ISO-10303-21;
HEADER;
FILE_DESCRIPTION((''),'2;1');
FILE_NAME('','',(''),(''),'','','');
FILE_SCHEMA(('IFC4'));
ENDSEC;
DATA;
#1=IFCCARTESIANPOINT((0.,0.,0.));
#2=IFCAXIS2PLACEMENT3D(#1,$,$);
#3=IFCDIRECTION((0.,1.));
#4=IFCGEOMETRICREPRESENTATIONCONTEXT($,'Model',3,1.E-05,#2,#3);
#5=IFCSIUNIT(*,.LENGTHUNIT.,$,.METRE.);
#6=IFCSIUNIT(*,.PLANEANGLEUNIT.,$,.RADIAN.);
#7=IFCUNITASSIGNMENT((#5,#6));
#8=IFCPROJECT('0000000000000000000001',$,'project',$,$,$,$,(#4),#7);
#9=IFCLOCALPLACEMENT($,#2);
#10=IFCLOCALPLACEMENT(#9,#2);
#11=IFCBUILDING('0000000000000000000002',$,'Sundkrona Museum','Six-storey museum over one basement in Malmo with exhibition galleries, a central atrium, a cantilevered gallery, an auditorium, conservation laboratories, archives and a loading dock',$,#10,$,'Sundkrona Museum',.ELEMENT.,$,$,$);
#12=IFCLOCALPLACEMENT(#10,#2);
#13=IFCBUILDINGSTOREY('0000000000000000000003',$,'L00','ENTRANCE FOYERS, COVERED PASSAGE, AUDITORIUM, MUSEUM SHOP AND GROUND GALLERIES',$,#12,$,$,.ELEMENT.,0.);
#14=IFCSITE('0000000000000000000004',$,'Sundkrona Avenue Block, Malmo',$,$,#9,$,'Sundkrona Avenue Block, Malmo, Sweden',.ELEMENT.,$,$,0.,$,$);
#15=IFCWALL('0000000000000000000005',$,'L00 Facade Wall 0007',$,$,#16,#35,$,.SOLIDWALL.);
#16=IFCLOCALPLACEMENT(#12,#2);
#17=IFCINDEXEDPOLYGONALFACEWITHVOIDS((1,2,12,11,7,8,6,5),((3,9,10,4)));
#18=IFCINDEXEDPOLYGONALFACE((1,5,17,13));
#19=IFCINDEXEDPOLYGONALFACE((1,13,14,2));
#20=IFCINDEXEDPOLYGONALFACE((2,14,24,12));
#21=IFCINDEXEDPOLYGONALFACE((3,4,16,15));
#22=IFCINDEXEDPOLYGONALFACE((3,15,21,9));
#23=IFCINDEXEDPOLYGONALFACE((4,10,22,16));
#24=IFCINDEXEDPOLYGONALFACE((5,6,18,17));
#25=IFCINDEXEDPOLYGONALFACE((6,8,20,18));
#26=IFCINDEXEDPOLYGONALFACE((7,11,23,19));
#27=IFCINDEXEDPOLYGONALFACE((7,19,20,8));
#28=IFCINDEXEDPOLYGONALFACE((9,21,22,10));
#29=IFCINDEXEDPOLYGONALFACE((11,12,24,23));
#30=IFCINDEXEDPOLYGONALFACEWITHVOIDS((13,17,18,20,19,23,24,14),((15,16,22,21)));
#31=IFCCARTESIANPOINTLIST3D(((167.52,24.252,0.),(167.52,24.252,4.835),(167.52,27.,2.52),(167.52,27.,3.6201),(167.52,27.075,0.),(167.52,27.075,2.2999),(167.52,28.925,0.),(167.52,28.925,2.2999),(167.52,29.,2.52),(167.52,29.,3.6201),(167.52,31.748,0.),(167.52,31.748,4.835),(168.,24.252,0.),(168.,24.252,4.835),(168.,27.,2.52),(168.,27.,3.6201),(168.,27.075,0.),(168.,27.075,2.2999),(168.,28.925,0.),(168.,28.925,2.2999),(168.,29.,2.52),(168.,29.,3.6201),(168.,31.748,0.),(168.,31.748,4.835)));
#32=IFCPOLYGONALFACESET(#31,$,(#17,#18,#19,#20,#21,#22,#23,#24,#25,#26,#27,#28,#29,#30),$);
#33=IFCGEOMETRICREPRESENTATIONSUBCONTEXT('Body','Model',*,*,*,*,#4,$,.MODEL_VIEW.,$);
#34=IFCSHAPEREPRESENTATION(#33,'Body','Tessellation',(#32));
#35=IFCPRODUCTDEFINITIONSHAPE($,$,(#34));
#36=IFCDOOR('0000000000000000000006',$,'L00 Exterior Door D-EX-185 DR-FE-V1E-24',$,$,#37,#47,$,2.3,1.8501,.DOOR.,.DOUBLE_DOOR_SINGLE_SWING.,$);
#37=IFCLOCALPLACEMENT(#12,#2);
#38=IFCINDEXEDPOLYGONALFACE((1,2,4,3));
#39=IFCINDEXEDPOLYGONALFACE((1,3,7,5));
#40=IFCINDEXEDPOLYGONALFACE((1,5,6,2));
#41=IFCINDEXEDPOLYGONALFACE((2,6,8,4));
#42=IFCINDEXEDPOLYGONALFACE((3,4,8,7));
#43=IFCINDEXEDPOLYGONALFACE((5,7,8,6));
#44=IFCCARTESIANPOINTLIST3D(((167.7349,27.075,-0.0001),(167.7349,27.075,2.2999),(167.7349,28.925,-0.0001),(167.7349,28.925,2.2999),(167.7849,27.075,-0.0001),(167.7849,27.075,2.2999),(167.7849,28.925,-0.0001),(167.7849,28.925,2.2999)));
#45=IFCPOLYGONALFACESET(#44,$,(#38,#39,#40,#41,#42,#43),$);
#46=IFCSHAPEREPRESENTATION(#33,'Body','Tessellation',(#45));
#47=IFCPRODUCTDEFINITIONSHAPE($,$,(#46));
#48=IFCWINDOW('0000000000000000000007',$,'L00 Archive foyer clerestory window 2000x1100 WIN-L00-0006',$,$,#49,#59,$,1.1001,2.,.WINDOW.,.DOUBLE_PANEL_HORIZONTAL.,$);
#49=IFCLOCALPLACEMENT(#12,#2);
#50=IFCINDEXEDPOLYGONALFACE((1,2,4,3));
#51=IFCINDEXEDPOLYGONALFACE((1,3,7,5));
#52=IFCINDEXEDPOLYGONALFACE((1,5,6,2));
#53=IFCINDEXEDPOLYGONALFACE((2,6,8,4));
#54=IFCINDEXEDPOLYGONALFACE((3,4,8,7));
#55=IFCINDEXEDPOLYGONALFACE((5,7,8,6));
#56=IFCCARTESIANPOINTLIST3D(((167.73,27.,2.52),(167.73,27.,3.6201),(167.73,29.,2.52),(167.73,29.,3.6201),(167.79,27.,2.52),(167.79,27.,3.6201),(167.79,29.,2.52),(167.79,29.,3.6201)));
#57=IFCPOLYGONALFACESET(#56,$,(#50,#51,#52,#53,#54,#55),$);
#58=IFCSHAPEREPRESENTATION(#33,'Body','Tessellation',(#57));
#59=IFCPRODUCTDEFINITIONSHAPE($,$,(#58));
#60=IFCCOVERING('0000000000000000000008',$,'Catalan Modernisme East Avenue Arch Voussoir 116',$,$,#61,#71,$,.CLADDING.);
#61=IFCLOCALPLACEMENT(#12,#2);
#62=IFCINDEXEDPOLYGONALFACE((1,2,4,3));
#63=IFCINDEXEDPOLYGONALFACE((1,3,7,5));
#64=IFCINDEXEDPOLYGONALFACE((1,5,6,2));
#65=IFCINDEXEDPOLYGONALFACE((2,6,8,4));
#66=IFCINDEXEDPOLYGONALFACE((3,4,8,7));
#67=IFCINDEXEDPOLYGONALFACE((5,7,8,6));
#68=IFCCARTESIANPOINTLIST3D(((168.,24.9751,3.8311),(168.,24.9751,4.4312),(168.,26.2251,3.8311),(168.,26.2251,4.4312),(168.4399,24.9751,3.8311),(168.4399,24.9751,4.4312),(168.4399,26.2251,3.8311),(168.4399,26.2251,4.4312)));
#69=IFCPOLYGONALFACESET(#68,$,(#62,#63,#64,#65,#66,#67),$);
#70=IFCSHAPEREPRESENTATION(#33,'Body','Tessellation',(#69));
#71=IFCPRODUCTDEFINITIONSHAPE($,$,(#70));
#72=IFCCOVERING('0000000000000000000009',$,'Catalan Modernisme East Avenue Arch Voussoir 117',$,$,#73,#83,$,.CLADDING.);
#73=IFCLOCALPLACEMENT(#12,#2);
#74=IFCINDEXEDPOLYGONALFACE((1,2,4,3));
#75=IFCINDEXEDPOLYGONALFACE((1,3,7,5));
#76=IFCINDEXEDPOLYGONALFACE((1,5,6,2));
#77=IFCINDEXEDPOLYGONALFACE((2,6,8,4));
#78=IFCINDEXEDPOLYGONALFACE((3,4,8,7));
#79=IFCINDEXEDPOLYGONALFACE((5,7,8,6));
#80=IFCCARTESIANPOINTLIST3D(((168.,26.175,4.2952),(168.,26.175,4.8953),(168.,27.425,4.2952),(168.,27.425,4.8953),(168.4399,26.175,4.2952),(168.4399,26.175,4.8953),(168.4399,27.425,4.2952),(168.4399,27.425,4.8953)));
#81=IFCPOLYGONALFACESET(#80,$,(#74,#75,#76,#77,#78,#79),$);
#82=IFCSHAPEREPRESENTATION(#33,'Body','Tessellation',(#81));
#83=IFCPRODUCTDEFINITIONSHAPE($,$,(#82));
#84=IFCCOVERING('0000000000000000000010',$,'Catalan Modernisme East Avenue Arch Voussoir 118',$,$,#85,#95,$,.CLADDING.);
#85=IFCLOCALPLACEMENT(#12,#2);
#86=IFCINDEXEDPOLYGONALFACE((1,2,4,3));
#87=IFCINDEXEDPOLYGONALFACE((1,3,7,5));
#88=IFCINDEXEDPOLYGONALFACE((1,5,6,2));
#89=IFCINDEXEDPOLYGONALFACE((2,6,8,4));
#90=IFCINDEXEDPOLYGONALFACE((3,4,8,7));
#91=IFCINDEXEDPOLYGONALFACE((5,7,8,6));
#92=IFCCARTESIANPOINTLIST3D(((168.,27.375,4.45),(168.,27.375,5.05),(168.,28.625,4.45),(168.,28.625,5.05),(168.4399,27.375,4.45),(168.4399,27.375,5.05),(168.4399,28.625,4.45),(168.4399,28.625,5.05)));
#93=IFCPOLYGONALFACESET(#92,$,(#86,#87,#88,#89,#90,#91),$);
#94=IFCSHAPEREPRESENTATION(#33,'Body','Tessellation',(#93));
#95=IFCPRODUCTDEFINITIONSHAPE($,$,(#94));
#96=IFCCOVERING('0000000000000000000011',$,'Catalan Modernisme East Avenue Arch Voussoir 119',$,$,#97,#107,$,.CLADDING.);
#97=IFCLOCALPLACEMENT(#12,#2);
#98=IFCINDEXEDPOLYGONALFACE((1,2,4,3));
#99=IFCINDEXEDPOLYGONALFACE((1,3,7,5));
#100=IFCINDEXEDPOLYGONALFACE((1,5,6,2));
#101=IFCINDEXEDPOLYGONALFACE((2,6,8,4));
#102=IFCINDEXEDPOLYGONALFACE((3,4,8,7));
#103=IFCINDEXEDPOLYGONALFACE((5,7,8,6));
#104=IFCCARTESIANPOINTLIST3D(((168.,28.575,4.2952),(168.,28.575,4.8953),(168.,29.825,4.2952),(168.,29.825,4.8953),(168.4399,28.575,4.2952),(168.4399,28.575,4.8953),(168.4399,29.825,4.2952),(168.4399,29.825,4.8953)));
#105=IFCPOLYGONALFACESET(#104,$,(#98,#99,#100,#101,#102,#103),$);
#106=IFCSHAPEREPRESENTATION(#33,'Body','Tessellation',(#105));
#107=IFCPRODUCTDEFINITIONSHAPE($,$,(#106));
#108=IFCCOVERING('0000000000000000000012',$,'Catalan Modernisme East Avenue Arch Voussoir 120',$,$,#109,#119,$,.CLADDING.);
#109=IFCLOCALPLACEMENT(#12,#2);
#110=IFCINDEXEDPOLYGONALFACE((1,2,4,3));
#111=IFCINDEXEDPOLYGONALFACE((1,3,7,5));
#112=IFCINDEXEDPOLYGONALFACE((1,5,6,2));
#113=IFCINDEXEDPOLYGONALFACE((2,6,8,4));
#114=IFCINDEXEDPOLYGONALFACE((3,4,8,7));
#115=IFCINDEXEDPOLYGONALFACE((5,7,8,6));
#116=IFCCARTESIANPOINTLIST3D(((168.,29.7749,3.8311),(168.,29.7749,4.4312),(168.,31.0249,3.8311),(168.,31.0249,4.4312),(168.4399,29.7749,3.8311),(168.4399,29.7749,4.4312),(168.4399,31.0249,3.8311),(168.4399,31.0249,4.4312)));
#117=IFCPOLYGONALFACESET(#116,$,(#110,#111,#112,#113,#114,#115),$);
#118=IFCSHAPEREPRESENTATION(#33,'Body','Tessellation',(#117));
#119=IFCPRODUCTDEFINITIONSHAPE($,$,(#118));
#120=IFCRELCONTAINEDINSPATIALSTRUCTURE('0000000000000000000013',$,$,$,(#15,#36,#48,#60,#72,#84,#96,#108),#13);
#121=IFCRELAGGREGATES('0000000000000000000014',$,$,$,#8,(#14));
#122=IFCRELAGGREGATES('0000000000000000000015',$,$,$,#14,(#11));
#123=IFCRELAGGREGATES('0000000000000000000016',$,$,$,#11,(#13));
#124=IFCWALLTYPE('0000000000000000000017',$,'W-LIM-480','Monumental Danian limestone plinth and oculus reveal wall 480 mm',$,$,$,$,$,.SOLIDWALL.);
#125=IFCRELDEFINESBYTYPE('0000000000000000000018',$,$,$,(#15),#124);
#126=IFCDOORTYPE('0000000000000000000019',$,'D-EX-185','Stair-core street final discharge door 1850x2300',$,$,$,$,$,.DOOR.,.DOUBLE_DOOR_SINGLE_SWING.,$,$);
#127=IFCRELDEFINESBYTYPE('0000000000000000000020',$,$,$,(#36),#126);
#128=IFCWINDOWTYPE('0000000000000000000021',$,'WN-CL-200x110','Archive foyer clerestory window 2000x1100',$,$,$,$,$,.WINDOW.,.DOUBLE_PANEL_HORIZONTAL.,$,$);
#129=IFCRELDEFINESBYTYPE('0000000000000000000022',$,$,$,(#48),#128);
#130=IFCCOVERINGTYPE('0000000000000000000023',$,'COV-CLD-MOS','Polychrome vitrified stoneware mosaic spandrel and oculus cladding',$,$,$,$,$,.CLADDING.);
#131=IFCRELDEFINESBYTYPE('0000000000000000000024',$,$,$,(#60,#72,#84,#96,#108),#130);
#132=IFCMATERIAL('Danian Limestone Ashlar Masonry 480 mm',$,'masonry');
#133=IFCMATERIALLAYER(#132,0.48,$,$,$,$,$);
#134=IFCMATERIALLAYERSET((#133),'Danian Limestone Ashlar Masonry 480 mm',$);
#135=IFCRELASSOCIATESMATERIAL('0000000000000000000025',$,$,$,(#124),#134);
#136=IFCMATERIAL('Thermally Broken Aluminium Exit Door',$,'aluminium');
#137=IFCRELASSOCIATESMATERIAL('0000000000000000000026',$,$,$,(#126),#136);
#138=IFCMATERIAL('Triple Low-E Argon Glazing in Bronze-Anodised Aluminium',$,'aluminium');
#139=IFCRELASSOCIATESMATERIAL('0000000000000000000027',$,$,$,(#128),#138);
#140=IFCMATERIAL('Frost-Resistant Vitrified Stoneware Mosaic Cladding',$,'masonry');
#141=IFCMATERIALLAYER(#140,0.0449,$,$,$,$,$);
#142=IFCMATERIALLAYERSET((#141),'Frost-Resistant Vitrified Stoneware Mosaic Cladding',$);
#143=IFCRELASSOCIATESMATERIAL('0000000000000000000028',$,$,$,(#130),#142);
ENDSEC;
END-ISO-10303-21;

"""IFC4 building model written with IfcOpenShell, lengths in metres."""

from ifc_helpers import new_model, si_unit, direction, frame, frame_2d, origin, origin_2d, place, context, subcontext, project, spatial, rectangle, extrude, material, layer, layer_set, type_object, element, fill, save


model = new_model("IFC4")

# Units and contexts
model_context = context("Model", 3, precision=1e-05, world=origin(), true_north=direction((0.0, 1.0)))
body_context = subcontext(model_context, "Body", "Model", "MODEL_VIEW")
ifc_project = project(units=[si_unit("LENGTHUNIT", "METRE"), si_unit("PLANEANGLEUNIT", "RADIAN")], contexts=[model_context])

# Site, building, storey
site_placement = place(None, origin())
site = spatial("IfcSite", under=ifc_project, at=site_placement, Name="Sundkrona Avenue Block, Malmo", LongName="Sundkrona Avenue Block, Malmo, Sweden", CompositionType="ELEMENT", RefElevation=0.0)
building_placement = place(site_placement, origin())
building = spatial("IfcBuilding", under=site, at=building_placement, Name="Sundkrona Museum", Description="Six-storey museum over one basement in Malmo with exhibition galleries, a central atrium, a cantilevered gallery, an auditorium, conservation laboratories, archives and a loading dock", LongName="Sundkrona Museum", CompositionType="ELEMENT")
storey_placement = place(building_placement, origin())
storey = spatial("IfcBuildingStorey", under=building, at=storey_placement, Name="L00", Description="ENTRANCE FOYERS, COVERED PASSAGE, AUDITORIUM, MUSEUM SHOP AND GROUND GALLERIES", CompositionType="ELEMENT", Elevation=0.0)

# Wall, openings, door, window
ifc_material_1 = material(Name="Danian Limestone Ashlar Masonry 480 mm", Category="masonry")
ifc_layer_1 = layer(ifc_material_1, 0.48)
ifc_layer_set_1 = layer_set([ifc_layer_1], Name="Danian Limestone Ashlar Masonry 480 mm")
wall_type_1 = type_object("IfcWallType", Name="W-LIM-480", Description="Monumental Danian limestone plinth and oculus reveal wall 480 mm", PredefinedType="SOLIDWALL", material=ifc_layer_set_1)
wall_1_placement = place(storey_placement, frame((167.76, 31.748, 0.0), z_axis=(0.0, 0.0, 1.0), x_axis=(0.0, -1.0, 0.0)))
wall_1 = element("IfcWall", 1, at=wall_1_placement, inside=storey, type_object=wall_type_1, Name="L00 Facade Wall 0007", PredefinedType="SOLIDWALL", context=body_context, shape_type="SweptSolid", body=[
    extrude(rectangle(XDim=7.4961, YDim=0.48, at=frame_2d((3.748, 0.0))), origin(), (0.0, 0.0, 1.0), 4.835),
])
opening_1_placement = place(wall_1_placement, frame((2.823, 0.0, 0.0)))
opening_1 = element("IfcOpeningElement", 2, at=opening_1_placement, cuts=wall_1, PredefinedType="OPENING", context=body_context, shape_type="SweptSolid", body=[
    extrude(rectangle(XDim=1.8501, YDim=2.3, at=frame_2d((0.925, 1.1499))), frame((0.0, 0.25, 0.0), z_axis=(0.0, -1.0, 0.0), x_axis=(1.0, 0.0, 0.0)), (0.0, 0.0, 1.0), 0.5),
])
opening_2_placement = place(wall_1_placement, frame((2.748, 0.0, 2.52)))
opening_2 = element("IfcOpeningElement", 3, at=opening_2_placement, cuts=wall_1, PredefinedType="OPENING", context=body_context, shape_type="SweptSolid", body=[
    extrude(rectangle(XDim=2.0, YDim=1.1001, at=frame_2d((1.0, 0.55))), frame((0.0, 0.25, 0.0), z_axis=(0.0, -1.0, 0.0), x_axis=(1.0, 0.0, 0.0)), (0.0, 0.0, 1.0), 0.5),
])
ifc_material_2 = material(Name="Thermally Broken Aluminium Exit Door", Category="aluminium")
door_type_1 = type_object("IfcDoorType", Name="D-EX-185", Description="Stair-core street final discharge door 1850x2300", OperationType="DOUBLE_DOOR_SINGLE_SWING", PredefinedType="DOOR", material=ifc_material_2)
door_1_placement = place(opening_1_placement, origin())
door_1 = element("IfcDoor", 4, at=door_1_placement, inside=storey, type_object=door_type_1, Name="L00 Exterior Door D-EX-185 DR-FE-V1E-24", OperationType="DOUBLE_DOOR_SINGLE_SWING", OverallHeight=2.3, OverallWidth=1.8501, PredefinedType="DOOR", context=body_context, shape_type="SweptSolid", body=[
    extrude(rectangle(XDim=1.8501, YDim=2.3, at=frame_2d((0.925, 1.1499))), frame((0.0, 0.0249, 0.0), z_axis=(0.0, -1.0, 0.0), x_axis=(1.0, 0.0, 0.0)), (0.0, 0.0, 1.0), 0.05),
])
fill(opening_1, door_1)
ifc_material_3 = material(Name="Triple Low-E Argon Glazing in Bronze-Anodised Aluminium", Category="aluminium")
window_type = type_object("IfcWindowType", Name="WN-CL-200x110", Description="Archive foyer clerestory window 2000x1100", PartitioningType="DOUBLE_PANEL_HORIZONTAL", PredefinedType="WINDOW", material=ifc_material_3)
window_placement = place(opening_2_placement, origin())
window = element("IfcWindow", 5, at=window_placement, inside=storey, type_object=window_type, Name="L00 Archive foyer clerestory window 2000x1100 WIN-L00-0006", OverallHeight=1.1001, OverallWidth=2.0, PartitioningType="DOUBLE_PANEL_HORIZONTAL", PredefinedType="WINDOW", context=body_context, shape_type="SweptSolid", body=[
    extrude(rectangle(XDim=2.0, YDim=1.1001, at=frame_2d((1.0, 0.55))), frame((0.0, 0.03, 0.0), z_axis=(0.0, -1.0, 0.0), x_axis=(1.0, 0.0, 0.0)), (0.0, 0.0, 1.0), 0.0601),
])
fill(opening_2, window)

# Coverings
ifc_material_4 = material(Name="Frost-Resistant Vitrified Stoneware Mosaic Cladding", Category="masonry")
ifc_layer_2 = layer(ifc_material_4, 0.0449)
ifc_layer_set_2 = layer_set([ifc_layer_2], Name="Frost-Resistant Vitrified Stoneware Mosaic Cladding")
covering_type = type_object("IfcCoveringType", Name="COV-CLD-MOS", Description="Polychrome vitrified stoneware mosaic spandrel and oculus cladding", PredefinedType="CLADDING", material=ifc_layer_set_2)
for number, where, z_axis, x_axis, name in (
    (6, (168.22, 25.6001, 3.8311), (0.0, 0.0, 1.0), (1.0, 0.0, 0.0), "Catalan Modernisme East Avenue Arch Voussoir 116"),
    (7, (168.22, 26.8, 4.2952), (0.0, 0.0, 1.0), (1.0, 0.0, 0.0), "Catalan Modernisme East Avenue Arch Voussoir 117"),
    (8, (168.22, 28.0, 4.45), (0.0, 0.0, 1.0), (1.0, 0.0, 0.0), "Catalan Modernisme East Avenue Arch Voussoir 118"),
    (9, (168.22, 29.2, 4.2952), (0.0, 0.0, 1.0), (1.0, 0.0, 0.0), "Catalan Modernisme East Avenue Arch Voussoir 119"),
    (10, (168.22, 30.3999, 3.8311), (0.0, 0.0, 1.0), (1.0, 0.0, 0.0), "Catalan Modernisme East Avenue Arch Voussoir 120"),
):
    element("IfcCovering", number, at=place(storey_placement, frame(where, z_axis=z_axis, x_axis=x_axis)), inside=storey, type_object=covering_type, Name=name, PredefinedType="CLADDING", context=body_context, shape_type="SweptSolid", body=[
        extrude(rectangle(XDim=0.4399, YDim=1.25, at=origin_2d()), origin(), (0.0, 0.0, 1.0), 0.6001),
    ])

save(model, "model.ifc")
